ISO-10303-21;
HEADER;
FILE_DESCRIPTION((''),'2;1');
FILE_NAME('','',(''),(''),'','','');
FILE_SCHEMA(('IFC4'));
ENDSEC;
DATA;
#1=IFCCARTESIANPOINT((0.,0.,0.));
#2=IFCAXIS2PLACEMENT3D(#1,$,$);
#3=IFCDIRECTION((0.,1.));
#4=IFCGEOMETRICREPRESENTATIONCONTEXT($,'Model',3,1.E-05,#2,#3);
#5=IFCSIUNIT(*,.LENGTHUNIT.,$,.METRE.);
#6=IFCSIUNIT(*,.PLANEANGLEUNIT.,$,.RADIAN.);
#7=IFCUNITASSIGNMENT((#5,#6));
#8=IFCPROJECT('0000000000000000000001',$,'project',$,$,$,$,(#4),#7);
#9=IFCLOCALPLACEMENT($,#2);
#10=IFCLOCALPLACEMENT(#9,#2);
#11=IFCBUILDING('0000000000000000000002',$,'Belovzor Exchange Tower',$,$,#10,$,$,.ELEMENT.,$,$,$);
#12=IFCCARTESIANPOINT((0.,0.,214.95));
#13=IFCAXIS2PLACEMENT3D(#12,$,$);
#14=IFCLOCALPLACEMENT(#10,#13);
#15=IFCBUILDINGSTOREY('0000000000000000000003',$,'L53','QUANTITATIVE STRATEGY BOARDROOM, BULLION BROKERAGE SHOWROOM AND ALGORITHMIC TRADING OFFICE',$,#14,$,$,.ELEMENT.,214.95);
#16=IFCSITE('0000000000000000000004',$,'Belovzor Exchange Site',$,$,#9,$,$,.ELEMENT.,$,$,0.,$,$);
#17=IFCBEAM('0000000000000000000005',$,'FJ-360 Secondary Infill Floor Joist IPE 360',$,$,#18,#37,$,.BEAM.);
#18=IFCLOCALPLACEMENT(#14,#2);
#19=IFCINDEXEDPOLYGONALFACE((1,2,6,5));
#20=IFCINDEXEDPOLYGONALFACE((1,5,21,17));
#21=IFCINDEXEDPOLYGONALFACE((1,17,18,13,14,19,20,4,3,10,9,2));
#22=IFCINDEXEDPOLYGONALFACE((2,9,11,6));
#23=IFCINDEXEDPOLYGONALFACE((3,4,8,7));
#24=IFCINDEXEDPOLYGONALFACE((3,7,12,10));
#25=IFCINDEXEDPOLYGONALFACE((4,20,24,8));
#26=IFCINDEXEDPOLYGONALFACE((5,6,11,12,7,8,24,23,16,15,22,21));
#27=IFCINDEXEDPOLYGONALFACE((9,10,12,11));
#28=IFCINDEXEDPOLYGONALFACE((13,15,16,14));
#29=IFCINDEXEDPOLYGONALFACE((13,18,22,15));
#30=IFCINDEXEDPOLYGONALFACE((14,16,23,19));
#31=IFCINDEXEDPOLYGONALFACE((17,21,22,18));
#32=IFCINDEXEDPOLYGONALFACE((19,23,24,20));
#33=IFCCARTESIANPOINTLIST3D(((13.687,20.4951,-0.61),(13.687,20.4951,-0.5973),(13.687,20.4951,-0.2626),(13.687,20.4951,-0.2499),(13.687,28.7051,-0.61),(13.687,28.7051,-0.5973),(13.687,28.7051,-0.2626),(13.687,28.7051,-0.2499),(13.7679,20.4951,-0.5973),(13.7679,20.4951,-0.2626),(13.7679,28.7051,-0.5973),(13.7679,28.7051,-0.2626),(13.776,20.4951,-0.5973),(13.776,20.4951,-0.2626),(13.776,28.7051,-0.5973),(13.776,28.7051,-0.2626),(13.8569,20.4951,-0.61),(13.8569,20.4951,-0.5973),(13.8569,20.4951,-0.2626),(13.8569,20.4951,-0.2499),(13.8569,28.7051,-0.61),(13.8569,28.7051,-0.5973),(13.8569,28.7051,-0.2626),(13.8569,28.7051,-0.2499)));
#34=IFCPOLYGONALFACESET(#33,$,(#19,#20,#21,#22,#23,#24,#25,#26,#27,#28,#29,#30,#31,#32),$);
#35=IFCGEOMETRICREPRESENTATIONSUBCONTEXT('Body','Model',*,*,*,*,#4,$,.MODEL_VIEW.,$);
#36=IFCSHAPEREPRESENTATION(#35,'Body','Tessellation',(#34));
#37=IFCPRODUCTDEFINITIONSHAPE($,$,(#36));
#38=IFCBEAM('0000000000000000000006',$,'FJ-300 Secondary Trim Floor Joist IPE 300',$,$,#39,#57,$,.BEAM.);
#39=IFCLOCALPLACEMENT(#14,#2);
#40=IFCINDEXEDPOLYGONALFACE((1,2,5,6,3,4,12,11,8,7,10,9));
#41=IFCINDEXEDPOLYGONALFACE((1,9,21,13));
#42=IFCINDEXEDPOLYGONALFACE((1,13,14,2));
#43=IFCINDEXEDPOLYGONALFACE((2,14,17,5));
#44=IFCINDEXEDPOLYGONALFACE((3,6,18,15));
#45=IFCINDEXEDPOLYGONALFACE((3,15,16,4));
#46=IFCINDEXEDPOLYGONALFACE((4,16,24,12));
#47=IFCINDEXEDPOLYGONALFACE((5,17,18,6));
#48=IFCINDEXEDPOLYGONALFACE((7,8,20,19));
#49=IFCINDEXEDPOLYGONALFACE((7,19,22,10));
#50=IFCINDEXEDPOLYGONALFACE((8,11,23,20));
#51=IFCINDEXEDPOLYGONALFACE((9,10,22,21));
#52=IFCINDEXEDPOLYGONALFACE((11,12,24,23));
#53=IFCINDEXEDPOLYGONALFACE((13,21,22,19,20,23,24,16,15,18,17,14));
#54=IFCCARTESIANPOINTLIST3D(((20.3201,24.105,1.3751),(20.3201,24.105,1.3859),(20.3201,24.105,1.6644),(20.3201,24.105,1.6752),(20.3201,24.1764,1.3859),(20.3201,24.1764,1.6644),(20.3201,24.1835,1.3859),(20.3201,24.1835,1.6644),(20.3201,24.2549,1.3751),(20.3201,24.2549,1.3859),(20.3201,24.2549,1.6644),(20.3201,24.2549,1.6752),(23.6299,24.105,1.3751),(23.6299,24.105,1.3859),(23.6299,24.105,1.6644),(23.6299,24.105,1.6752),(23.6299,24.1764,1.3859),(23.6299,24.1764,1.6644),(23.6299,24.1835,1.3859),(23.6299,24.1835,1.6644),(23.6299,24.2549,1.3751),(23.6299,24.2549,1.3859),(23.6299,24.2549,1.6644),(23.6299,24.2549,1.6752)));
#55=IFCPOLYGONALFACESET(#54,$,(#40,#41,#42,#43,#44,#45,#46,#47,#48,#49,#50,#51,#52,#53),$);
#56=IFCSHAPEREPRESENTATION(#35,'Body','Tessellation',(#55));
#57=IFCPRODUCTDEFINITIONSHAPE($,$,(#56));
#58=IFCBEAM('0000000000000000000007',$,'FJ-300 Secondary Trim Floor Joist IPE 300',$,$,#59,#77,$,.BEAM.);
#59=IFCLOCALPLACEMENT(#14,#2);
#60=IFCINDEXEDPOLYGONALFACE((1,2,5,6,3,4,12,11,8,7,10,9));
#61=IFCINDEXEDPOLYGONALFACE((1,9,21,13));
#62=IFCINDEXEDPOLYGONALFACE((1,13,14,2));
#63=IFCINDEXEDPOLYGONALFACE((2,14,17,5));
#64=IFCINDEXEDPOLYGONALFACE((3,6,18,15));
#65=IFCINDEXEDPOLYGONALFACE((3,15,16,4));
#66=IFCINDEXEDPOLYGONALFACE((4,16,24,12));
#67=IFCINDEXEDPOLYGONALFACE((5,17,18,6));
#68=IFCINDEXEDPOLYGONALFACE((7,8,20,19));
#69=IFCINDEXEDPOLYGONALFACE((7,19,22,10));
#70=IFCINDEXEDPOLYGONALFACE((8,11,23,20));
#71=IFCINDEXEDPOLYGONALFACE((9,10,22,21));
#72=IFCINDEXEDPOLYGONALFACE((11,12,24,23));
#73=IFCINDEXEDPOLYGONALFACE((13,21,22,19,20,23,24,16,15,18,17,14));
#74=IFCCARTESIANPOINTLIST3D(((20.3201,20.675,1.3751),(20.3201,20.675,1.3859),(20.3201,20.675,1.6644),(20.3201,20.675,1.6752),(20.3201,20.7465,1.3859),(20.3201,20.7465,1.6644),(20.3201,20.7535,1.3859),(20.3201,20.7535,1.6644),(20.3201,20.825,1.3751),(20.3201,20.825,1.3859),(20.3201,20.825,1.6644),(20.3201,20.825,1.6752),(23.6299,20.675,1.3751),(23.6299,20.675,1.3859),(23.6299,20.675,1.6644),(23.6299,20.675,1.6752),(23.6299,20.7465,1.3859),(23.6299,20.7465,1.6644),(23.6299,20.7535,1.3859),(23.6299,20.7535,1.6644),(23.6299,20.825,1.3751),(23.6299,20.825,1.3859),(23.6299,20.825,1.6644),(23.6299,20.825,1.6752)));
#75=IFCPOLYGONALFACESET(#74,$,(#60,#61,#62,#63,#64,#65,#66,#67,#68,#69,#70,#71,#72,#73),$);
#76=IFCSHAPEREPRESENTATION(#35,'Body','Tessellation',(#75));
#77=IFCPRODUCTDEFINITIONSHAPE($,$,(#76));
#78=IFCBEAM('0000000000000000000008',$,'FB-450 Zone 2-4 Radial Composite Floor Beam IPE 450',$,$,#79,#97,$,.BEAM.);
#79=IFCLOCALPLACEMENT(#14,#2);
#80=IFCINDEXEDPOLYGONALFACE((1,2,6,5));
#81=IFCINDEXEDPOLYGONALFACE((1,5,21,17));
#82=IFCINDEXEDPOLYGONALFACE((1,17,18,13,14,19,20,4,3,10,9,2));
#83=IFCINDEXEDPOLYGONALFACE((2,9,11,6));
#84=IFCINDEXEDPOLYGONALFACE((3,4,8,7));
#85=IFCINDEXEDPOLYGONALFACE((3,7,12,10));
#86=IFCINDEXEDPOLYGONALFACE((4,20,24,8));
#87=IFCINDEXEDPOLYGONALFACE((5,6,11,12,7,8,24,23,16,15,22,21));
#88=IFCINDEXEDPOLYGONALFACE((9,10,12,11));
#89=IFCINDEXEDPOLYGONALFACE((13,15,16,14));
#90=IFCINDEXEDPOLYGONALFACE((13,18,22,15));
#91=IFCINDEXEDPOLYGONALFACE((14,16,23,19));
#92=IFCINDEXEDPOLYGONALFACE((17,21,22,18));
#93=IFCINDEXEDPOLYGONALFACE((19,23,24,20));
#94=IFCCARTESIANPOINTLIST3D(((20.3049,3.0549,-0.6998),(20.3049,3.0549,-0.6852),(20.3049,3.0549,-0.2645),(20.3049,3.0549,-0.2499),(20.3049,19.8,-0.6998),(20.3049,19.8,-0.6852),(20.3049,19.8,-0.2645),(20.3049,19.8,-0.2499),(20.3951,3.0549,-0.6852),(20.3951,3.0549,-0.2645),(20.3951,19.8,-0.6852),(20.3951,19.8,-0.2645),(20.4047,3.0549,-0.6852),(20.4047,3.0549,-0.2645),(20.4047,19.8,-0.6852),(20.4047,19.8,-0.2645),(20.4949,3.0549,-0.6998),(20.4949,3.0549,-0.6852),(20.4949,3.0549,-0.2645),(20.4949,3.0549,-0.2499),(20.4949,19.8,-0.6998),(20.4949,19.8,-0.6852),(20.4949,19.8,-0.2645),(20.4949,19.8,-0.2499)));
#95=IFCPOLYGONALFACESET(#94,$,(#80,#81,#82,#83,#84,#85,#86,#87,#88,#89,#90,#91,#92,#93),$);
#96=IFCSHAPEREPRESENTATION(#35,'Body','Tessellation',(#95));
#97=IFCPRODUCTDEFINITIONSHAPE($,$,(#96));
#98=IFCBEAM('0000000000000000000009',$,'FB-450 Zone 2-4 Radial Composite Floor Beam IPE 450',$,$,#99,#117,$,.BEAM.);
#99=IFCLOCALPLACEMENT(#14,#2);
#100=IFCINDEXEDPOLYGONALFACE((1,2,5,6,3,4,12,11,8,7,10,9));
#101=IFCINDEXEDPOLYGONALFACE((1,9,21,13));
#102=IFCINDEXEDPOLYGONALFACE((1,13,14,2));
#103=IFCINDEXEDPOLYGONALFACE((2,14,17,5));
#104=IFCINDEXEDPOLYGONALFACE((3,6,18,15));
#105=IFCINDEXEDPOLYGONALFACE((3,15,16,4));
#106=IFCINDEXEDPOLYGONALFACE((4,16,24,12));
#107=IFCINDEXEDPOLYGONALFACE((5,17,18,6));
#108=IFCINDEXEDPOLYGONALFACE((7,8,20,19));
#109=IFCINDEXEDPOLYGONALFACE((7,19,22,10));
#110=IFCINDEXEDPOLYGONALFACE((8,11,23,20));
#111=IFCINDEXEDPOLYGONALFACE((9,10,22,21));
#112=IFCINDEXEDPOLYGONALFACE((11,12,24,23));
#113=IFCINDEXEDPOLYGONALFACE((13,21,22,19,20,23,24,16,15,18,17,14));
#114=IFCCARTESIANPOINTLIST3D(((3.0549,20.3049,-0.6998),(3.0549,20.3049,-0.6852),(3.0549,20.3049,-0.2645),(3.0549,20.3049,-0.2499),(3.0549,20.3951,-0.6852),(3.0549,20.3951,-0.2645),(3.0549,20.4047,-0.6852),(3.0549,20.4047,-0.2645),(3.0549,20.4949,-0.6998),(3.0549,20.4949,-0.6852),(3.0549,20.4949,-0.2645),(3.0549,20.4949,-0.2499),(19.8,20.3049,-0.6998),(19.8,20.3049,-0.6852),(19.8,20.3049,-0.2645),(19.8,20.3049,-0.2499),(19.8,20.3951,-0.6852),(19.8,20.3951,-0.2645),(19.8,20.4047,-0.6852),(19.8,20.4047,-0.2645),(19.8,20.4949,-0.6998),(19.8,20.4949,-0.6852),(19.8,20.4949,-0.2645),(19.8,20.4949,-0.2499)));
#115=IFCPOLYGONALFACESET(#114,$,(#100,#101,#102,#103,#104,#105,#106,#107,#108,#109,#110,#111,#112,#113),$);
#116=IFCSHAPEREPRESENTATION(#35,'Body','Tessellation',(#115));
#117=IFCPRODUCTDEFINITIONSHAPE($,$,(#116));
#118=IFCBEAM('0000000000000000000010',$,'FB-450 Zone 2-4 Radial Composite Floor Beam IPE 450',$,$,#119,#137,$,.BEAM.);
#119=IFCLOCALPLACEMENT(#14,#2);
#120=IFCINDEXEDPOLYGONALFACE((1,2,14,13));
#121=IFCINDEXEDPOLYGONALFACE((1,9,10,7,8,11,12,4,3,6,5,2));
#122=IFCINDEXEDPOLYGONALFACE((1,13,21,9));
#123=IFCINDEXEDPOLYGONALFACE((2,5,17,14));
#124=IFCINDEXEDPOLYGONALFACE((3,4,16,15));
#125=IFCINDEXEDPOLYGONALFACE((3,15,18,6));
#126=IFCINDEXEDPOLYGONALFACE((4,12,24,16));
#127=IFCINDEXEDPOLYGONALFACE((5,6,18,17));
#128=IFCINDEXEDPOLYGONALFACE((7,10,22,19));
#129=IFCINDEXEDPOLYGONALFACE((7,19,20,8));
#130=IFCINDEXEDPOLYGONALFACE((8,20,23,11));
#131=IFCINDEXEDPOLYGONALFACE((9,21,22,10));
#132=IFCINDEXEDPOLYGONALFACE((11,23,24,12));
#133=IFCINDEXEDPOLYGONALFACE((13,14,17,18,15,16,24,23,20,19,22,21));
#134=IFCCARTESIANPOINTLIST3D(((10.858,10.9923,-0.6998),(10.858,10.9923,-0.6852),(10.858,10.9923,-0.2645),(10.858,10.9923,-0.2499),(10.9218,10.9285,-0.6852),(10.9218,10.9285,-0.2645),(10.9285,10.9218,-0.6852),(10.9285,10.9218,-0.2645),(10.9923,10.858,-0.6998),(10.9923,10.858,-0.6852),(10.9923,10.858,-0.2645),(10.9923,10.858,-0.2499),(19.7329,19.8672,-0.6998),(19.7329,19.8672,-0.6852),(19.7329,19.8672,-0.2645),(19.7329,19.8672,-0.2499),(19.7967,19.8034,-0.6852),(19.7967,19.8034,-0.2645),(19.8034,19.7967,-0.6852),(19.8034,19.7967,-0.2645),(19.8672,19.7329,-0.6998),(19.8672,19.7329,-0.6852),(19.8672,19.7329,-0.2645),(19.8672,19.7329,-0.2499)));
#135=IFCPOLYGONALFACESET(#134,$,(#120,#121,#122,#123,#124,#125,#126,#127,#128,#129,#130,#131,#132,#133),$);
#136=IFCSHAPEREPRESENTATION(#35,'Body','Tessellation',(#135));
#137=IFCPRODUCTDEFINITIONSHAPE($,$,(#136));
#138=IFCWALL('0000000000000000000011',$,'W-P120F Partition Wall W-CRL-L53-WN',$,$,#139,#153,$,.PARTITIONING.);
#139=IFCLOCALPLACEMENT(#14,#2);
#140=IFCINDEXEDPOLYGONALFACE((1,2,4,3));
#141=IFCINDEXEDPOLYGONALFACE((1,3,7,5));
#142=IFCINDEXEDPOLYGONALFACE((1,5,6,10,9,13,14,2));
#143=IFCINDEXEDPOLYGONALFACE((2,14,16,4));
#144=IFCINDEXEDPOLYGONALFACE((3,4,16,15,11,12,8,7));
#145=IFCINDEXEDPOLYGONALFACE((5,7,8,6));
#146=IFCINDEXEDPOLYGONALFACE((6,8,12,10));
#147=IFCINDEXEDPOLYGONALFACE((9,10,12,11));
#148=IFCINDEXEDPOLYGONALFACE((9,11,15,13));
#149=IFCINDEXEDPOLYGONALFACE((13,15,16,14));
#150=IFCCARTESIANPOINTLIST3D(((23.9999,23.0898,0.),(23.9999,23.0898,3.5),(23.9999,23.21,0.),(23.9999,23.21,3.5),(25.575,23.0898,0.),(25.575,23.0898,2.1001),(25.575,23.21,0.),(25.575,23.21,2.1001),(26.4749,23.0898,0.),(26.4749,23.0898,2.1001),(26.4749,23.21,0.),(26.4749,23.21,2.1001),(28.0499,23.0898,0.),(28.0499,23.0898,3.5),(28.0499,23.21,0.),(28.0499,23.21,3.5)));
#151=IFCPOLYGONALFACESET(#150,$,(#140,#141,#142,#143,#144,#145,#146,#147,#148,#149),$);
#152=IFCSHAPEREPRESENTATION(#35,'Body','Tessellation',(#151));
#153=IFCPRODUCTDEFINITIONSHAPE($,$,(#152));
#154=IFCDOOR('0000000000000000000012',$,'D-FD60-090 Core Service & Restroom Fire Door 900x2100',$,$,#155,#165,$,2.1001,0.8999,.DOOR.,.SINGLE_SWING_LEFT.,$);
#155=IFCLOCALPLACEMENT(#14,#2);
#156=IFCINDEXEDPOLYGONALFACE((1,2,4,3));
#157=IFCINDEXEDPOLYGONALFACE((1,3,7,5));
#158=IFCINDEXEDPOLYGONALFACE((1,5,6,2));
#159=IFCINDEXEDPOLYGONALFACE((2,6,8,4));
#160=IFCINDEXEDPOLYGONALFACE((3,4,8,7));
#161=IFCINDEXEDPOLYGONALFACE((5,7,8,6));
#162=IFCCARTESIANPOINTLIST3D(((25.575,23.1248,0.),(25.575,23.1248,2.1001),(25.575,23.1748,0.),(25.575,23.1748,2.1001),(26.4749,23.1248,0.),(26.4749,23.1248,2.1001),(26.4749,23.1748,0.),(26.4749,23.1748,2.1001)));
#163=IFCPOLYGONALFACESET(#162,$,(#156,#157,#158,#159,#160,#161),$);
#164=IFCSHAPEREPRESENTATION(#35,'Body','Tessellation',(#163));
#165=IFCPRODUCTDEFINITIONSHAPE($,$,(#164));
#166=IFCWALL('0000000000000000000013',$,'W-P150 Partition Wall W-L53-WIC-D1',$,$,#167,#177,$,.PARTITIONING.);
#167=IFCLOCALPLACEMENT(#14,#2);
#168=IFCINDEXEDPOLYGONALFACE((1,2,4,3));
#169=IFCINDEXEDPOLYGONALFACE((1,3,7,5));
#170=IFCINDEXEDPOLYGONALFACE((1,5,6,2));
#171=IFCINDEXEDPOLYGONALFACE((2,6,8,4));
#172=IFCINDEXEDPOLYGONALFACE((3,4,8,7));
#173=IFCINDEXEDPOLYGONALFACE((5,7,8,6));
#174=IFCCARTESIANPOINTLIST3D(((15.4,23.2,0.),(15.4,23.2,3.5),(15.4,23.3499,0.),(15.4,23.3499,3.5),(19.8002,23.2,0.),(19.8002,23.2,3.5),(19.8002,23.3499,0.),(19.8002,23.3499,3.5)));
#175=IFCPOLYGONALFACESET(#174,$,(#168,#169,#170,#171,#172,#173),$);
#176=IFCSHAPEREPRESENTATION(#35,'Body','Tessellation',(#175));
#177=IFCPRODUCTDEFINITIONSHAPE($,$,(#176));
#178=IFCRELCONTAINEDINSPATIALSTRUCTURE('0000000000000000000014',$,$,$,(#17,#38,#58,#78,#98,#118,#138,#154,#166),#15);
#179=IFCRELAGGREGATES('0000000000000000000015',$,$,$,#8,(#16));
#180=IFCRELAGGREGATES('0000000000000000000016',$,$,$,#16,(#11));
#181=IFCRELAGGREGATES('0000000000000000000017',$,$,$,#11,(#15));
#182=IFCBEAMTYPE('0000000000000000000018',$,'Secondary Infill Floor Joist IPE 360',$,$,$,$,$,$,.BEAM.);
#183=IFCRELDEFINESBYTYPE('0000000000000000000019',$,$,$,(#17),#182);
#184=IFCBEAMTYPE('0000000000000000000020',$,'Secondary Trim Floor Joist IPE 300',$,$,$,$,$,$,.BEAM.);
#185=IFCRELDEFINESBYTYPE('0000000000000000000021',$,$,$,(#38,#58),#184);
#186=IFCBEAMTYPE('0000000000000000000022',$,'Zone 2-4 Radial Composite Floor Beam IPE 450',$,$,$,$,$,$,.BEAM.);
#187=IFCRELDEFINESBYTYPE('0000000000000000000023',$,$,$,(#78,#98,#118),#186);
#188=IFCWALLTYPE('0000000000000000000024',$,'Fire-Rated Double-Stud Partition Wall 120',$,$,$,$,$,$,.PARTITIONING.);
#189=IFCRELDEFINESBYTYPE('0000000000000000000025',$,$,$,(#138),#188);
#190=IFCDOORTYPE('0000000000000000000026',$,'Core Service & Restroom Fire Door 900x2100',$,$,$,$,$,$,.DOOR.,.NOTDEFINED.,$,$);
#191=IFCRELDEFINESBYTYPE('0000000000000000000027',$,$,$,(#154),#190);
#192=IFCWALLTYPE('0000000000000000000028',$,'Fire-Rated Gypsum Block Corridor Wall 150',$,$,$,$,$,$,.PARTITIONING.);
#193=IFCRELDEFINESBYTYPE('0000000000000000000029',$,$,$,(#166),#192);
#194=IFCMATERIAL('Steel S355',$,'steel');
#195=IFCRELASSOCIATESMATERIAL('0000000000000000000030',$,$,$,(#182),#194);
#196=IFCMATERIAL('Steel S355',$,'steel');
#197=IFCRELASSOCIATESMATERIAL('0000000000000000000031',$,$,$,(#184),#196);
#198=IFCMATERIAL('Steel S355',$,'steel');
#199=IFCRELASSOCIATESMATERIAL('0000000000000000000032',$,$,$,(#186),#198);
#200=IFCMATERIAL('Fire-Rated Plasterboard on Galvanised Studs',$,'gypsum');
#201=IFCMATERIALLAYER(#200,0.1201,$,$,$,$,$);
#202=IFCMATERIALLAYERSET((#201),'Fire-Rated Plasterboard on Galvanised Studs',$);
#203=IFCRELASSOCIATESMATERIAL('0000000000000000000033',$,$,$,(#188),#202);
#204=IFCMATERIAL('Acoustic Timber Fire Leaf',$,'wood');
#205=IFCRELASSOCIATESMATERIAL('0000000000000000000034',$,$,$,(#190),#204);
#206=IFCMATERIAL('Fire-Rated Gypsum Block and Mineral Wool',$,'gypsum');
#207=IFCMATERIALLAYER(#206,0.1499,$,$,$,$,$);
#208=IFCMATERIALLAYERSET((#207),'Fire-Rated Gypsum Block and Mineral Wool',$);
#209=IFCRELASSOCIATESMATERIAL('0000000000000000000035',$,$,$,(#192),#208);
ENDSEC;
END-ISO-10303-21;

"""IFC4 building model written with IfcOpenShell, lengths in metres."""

from ifc_helpers import new_model, si_unit, direction, frame, frame_2d, origin, origin_2d, place, context, subcontext, project, spatial, rectangle, i_section, extrude, material, layer, layer_set, material_profile, profile_set, type_object, element, fill, save


model = new_model("IFC4")

# Units and contexts
model_context = context("Model", 3, precision=1e-05, world=origin(), true_north=direction((0.0, 1.0)))
body_context = subcontext(model_context, "Body", "Model", "MODEL_VIEW")
ifc_project = project(units=[si_unit("LENGTHUNIT", "METRE"), si_unit("PLANEANGLEUNIT", "RADIAN")], contexts=[model_context])

# Site, building, storey
site_placement = place(None, origin())
site = spatial("IfcSite", under=ifc_project, at=site_placement, Name="Belovzor Exchange Site", CompositionType="ELEMENT", RefElevation=0.0)
building_placement = place(site_placement, origin())
building = spatial("IfcBuilding", under=site, at=building_placement, Name="Belovzor Exchange Tower", CompositionType="ELEMENT")
storey_placement = place(building_placement, frame((0.0, 0.0, 214.95)))
storey = spatial("IfcBuildingStorey", under=building, at=storey_placement, Name="L53", Description="QUANTITATIVE STRATEGY BOARDROOM, BULLION BROKERAGE SHOWROOM AND ALGORITHMIC TRADING OFFICE", CompositionType="ELEMENT", Elevation=214.95)

# Beams
ifc_material_1 = material(Name="Steel S355", Category="steel")
ifc_material_profile_1 = material_profile(ifc_material_1, i_section(OverallWidth=0.1699, OverallDepth=0.3601, WebThickness=0.0081, FlangeThickness=0.0127, at=origin_2d()))
ifc_profile_set_1 = profile_set([ifc_material_profile_1], Name="Steel S355")
beam_type_1 = type_object("IfcBeamType", Name="Secondary Infill Floor Joist IPE 360", PredefinedType="BEAM", material=ifc_profile_set_1)
beam_1_placement = place(storey_placement, frame((13.772, 20.4951, -0.4299), z_axis=(0.0, 1.0, 0.0), x_axis=(-1.0, 0.0, 0.0)))
element("IfcBeam", 1, at=beam_1_placement, inside=storey, type_object=beam_type_1, Name="FJ-360 Secondary Infill Floor Joist IPE 360", PredefinedType="BEAM", context=body_context, shape_type="SweptSolid", body=[
    extrude(i_section(OverallWidth=0.1699, OverallDepth=0.3601, WebThickness=0.0081, FlangeThickness=0.0127, at=origin_2d()), origin(), (0.0, 0.0, 1.0), 8.21),
])
ifc_material_2 = material(Name="Steel S355", Category="steel")
ifc_material_profile_2 = material_profile(ifc_material_2, i_section(OverallWidth=0.1499, OverallDepth=0.3, WebThickness=0.0071, FlangeThickness=0.0107, at=origin_2d()))
ifc_profile_set_2 = profile_set([ifc_material_profile_2], Name="Steel S355")
beam_type_2 = type_object("IfcBeamType", Name="Secondary Trim Floor Joist IPE 300", PredefinedType="BEAM", material=ifc_profile_set_2)
for number, where, z_axis, x_axis, name in (
    (2, (20.3201, 24.1799, 1.5251), (1.0, 0.0, 0.0), (0.0, 1.0, 0.0), "FJ-300 Secondary Trim Floor Joist IPE 300"),
    (3, (20.3201, 20.75, 1.5251), (1.0, 0.0, 0.0), (0.0, 1.0, 0.0), "FJ-300 Secondary Trim Floor Joist IPE 300"),
):
    element("IfcBeam", number, at=place(storey_placement, frame(where, z_axis=z_axis, x_axis=x_axis)), inside=storey, type_object=beam_type_2, Name=name, PredefinedType="BEAM", context=body_context, shape_type="SweptSolid", body=[
        extrude(i_section(OverallWidth=0.1499, OverallDepth=0.3, WebThickness=0.0071, FlangeThickness=0.0107, at=origin_2d()), origin(), (0.0, 0.0, 1.0), 3.3098),
    ])
ifc_material_3 = material(Name="Steel S355", Category="steel")
ifc_material_profile_3 = material_profile(ifc_material_3, i_section(OverallWidth=0.1899, OverallDepth=0.45, WebThickness=0.0095, FlangeThickness=0.0146, at=origin_2d()))
ifc_profile_set_3 = profile_set([ifc_material_profile_3], Name="Steel S355")
beam_type_3 = type_object("IfcBeamType", Name="Zone 2-4 Radial Composite Floor Beam IPE 450", PredefinedType="BEAM", material=ifc_profile_set_3)
for number, where, z_axis, x_axis, name in (
    (4, (20.3999, 19.8, -0.4749), (0.0, -1.0, 0.0), (1.0, 0.0, 0.0), "FB-450 Zone 2-4 Radial Composite Floor Beam IPE 450"),
    (5, (19.8, 20.3999, -0.4749), (-1.0, 0.0, 0.0), (0.0, -1.0, 0.0), "FB-450 Zone 2-4 Radial Composite Floor Beam IPE 450"),
):
    element("IfcBeam", number, at=place(storey_placement, frame(where, z_axis=z_axis, x_axis=x_axis)), inside=storey, type_object=beam_type_3, Name=name, PredefinedType="BEAM", context=body_context, shape_type="SweptSolid", body=[
        extrude(i_section(OverallWidth=0.1899, OverallDepth=0.45, WebThickness=0.0095, FlangeThickness=0.0146, at=origin_2d()), origin(), (0.0, 0.0, 1.0), 16.7451),
    ])
beam_2_placement = place(storey_placement, frame((19.8, 19.8, -0.4749), z_axis=(-0.707107, -0.707107, 0.0), x_axis=(0.707107, -0.707107, 0.0)))
element("IfcBeam", 6, at=beam_2_placement, inside=storey, type_object=beam_type_3, Name="FB-450 Zone 2-4 Radial Composite Floor Beam IPE 450", PredefinedType="BEAM", context=body_context, shape_type="SweptSolid", body=[
    extrude(i_section(OverallWidth=0.1899, OverallDepth=0.45, WebThickness=0.0095, FlangeThickness=0.0146, at=origin_2d()), origin(), (0.0, 0.0, 1.0), 12.551),
])

# Wall, opening, door
ifc_material_4 = material(Name="Fire-Rated Plasterboard on Galvanised Studs", Category="gypsum")
ifc_layer_1 = layer(ifc_material_4, 0.1201)
ifc_layer_set_1 = layer_set([ifc_layer_1], Name="Fire-Rated Plasterboard on Galvanised Studs")
wall_type_1 = type_object("IfcWallType", Name="Fire-Rated Double-Stud Partition Wall 120", PredefinedType="PARTITIONING", material=ifc_layer_set_1)
wall_1_placement = place(storey_placement, frame((24.0, 23.1499, 0.0), z_axis=(0.0, 0.0, 1.0), x_axis=(1.0, 0.0, 0.0)))
wall_1 = element("IfcWall", 7, at=wall_1_placement, inside=storey, type_object=wall_type_1, Name="W-P120F Partition Wall W-CRL-L53-WN", PredefinedType="PARTITIONING", context=body_context, shape_type="SweptSolid", body=[
    extrude(rectangle(XDim=4.05, YDim=0.1201, at=frame_2d((2.0249, 0.0))), origin(), (0.0, 0.0, 1.0), 3.5),
])
opening_1_placement = place(wall_1_placement, frame((1.575, 0.0, 0.0)))
opening_1 = element("IfcOpeningElement", 8, at=opening_1_placement, cuts=wall_1, PredefinedType="OPENING", context=body_context, shape_type="SweptSolid", body=[
    extrude(rectangle(XDim=0.8999, YDim=2.1001, at=frame_2d((0.45, 1.05))), frame((0.0, 0.0701, 0.0), z_axis=(0.0, -1.0, 0.0), x_axis=(1.0, 0.0, 0.0)), (0.0, 0.0, 1.0), 0.1401),
])
ifc_material_5 = material(Name="Acoustic Timber Fire Leaf", Category="wood")
door_type_1 = type_object("IfcDoorType", Name="Core Service & Restroom Fire Door 900x2100", OperationType="NOTDEFINED", PredefinedType="DOOR", material=ifc_material_5)
door_1_placement = place(opening_1_placement, origin())
door_1 = element("IfcDoor", 9, at=door_1_placement, inside=storey, type_object=door_type_1, Name="D-FD60-090 Core Service & Restroom Fire Door 900x2100", OperationType="SINGLE_SWING_LEFT", OverallHeight=2.1001, OverallWidth=0.8999, PredefinedType="DOOR", context=body_context, shape_type="SweptSolid", body=[
    extrude(rectangle(XDim=0.8999, YDim=2.1001, at=frame_2d((0.45, 1.05))), frame((0.0, 0.0249, 0.0), z_axis=(0.0, -1.0, 0.0), x_axis=(1.0, 0.0, 0.0)), (0.0, 0.0, 1.0), 0.05),
])
fill(opening_1, door_1)

# Wall
ifc_material_6 = material(Name="Fire-Rated Gypsum Block and Mineral Wool", Category="gypsum")
ifc_layer_2 = layer(ifc_material_6, 0.1499)
ifc_layer_set_2 = layer_set([ifc_layer_2], Name="Fire-Rated Gypsum Block and Mineral Wool")
wall_type_2 = type_object("IfcWallType", Name="Fire-Rated Gypsum Block Corridor Wall 150", PredefinedType="PARTITIONING", material=ifc_layer_set_2)
wall_2_placement = place(storey_placement, frame((15.3999, 23.2749, 0.0), z_axis=(0.0, 0.0, 1.0), x_axis=(1.0, 0.0, 0.0)))
element("IfcWall", 10, at=wall_2_placement, inside=storey, type_object=wall_type_2, Name="W-P150 Partition Wall W-L53-WIC-D1", PredefinedType="PARTITIONING", context=body_context, shape_type="SweptSolid", body=[
    extrude(rectangle(XDim=4.4001, YDim=0.1499, at=frame_2d((2.2002, 0.0))), origin(), (0.0, 0.0, 1.0), 3.5),
])

save(model, "model.ifc")
